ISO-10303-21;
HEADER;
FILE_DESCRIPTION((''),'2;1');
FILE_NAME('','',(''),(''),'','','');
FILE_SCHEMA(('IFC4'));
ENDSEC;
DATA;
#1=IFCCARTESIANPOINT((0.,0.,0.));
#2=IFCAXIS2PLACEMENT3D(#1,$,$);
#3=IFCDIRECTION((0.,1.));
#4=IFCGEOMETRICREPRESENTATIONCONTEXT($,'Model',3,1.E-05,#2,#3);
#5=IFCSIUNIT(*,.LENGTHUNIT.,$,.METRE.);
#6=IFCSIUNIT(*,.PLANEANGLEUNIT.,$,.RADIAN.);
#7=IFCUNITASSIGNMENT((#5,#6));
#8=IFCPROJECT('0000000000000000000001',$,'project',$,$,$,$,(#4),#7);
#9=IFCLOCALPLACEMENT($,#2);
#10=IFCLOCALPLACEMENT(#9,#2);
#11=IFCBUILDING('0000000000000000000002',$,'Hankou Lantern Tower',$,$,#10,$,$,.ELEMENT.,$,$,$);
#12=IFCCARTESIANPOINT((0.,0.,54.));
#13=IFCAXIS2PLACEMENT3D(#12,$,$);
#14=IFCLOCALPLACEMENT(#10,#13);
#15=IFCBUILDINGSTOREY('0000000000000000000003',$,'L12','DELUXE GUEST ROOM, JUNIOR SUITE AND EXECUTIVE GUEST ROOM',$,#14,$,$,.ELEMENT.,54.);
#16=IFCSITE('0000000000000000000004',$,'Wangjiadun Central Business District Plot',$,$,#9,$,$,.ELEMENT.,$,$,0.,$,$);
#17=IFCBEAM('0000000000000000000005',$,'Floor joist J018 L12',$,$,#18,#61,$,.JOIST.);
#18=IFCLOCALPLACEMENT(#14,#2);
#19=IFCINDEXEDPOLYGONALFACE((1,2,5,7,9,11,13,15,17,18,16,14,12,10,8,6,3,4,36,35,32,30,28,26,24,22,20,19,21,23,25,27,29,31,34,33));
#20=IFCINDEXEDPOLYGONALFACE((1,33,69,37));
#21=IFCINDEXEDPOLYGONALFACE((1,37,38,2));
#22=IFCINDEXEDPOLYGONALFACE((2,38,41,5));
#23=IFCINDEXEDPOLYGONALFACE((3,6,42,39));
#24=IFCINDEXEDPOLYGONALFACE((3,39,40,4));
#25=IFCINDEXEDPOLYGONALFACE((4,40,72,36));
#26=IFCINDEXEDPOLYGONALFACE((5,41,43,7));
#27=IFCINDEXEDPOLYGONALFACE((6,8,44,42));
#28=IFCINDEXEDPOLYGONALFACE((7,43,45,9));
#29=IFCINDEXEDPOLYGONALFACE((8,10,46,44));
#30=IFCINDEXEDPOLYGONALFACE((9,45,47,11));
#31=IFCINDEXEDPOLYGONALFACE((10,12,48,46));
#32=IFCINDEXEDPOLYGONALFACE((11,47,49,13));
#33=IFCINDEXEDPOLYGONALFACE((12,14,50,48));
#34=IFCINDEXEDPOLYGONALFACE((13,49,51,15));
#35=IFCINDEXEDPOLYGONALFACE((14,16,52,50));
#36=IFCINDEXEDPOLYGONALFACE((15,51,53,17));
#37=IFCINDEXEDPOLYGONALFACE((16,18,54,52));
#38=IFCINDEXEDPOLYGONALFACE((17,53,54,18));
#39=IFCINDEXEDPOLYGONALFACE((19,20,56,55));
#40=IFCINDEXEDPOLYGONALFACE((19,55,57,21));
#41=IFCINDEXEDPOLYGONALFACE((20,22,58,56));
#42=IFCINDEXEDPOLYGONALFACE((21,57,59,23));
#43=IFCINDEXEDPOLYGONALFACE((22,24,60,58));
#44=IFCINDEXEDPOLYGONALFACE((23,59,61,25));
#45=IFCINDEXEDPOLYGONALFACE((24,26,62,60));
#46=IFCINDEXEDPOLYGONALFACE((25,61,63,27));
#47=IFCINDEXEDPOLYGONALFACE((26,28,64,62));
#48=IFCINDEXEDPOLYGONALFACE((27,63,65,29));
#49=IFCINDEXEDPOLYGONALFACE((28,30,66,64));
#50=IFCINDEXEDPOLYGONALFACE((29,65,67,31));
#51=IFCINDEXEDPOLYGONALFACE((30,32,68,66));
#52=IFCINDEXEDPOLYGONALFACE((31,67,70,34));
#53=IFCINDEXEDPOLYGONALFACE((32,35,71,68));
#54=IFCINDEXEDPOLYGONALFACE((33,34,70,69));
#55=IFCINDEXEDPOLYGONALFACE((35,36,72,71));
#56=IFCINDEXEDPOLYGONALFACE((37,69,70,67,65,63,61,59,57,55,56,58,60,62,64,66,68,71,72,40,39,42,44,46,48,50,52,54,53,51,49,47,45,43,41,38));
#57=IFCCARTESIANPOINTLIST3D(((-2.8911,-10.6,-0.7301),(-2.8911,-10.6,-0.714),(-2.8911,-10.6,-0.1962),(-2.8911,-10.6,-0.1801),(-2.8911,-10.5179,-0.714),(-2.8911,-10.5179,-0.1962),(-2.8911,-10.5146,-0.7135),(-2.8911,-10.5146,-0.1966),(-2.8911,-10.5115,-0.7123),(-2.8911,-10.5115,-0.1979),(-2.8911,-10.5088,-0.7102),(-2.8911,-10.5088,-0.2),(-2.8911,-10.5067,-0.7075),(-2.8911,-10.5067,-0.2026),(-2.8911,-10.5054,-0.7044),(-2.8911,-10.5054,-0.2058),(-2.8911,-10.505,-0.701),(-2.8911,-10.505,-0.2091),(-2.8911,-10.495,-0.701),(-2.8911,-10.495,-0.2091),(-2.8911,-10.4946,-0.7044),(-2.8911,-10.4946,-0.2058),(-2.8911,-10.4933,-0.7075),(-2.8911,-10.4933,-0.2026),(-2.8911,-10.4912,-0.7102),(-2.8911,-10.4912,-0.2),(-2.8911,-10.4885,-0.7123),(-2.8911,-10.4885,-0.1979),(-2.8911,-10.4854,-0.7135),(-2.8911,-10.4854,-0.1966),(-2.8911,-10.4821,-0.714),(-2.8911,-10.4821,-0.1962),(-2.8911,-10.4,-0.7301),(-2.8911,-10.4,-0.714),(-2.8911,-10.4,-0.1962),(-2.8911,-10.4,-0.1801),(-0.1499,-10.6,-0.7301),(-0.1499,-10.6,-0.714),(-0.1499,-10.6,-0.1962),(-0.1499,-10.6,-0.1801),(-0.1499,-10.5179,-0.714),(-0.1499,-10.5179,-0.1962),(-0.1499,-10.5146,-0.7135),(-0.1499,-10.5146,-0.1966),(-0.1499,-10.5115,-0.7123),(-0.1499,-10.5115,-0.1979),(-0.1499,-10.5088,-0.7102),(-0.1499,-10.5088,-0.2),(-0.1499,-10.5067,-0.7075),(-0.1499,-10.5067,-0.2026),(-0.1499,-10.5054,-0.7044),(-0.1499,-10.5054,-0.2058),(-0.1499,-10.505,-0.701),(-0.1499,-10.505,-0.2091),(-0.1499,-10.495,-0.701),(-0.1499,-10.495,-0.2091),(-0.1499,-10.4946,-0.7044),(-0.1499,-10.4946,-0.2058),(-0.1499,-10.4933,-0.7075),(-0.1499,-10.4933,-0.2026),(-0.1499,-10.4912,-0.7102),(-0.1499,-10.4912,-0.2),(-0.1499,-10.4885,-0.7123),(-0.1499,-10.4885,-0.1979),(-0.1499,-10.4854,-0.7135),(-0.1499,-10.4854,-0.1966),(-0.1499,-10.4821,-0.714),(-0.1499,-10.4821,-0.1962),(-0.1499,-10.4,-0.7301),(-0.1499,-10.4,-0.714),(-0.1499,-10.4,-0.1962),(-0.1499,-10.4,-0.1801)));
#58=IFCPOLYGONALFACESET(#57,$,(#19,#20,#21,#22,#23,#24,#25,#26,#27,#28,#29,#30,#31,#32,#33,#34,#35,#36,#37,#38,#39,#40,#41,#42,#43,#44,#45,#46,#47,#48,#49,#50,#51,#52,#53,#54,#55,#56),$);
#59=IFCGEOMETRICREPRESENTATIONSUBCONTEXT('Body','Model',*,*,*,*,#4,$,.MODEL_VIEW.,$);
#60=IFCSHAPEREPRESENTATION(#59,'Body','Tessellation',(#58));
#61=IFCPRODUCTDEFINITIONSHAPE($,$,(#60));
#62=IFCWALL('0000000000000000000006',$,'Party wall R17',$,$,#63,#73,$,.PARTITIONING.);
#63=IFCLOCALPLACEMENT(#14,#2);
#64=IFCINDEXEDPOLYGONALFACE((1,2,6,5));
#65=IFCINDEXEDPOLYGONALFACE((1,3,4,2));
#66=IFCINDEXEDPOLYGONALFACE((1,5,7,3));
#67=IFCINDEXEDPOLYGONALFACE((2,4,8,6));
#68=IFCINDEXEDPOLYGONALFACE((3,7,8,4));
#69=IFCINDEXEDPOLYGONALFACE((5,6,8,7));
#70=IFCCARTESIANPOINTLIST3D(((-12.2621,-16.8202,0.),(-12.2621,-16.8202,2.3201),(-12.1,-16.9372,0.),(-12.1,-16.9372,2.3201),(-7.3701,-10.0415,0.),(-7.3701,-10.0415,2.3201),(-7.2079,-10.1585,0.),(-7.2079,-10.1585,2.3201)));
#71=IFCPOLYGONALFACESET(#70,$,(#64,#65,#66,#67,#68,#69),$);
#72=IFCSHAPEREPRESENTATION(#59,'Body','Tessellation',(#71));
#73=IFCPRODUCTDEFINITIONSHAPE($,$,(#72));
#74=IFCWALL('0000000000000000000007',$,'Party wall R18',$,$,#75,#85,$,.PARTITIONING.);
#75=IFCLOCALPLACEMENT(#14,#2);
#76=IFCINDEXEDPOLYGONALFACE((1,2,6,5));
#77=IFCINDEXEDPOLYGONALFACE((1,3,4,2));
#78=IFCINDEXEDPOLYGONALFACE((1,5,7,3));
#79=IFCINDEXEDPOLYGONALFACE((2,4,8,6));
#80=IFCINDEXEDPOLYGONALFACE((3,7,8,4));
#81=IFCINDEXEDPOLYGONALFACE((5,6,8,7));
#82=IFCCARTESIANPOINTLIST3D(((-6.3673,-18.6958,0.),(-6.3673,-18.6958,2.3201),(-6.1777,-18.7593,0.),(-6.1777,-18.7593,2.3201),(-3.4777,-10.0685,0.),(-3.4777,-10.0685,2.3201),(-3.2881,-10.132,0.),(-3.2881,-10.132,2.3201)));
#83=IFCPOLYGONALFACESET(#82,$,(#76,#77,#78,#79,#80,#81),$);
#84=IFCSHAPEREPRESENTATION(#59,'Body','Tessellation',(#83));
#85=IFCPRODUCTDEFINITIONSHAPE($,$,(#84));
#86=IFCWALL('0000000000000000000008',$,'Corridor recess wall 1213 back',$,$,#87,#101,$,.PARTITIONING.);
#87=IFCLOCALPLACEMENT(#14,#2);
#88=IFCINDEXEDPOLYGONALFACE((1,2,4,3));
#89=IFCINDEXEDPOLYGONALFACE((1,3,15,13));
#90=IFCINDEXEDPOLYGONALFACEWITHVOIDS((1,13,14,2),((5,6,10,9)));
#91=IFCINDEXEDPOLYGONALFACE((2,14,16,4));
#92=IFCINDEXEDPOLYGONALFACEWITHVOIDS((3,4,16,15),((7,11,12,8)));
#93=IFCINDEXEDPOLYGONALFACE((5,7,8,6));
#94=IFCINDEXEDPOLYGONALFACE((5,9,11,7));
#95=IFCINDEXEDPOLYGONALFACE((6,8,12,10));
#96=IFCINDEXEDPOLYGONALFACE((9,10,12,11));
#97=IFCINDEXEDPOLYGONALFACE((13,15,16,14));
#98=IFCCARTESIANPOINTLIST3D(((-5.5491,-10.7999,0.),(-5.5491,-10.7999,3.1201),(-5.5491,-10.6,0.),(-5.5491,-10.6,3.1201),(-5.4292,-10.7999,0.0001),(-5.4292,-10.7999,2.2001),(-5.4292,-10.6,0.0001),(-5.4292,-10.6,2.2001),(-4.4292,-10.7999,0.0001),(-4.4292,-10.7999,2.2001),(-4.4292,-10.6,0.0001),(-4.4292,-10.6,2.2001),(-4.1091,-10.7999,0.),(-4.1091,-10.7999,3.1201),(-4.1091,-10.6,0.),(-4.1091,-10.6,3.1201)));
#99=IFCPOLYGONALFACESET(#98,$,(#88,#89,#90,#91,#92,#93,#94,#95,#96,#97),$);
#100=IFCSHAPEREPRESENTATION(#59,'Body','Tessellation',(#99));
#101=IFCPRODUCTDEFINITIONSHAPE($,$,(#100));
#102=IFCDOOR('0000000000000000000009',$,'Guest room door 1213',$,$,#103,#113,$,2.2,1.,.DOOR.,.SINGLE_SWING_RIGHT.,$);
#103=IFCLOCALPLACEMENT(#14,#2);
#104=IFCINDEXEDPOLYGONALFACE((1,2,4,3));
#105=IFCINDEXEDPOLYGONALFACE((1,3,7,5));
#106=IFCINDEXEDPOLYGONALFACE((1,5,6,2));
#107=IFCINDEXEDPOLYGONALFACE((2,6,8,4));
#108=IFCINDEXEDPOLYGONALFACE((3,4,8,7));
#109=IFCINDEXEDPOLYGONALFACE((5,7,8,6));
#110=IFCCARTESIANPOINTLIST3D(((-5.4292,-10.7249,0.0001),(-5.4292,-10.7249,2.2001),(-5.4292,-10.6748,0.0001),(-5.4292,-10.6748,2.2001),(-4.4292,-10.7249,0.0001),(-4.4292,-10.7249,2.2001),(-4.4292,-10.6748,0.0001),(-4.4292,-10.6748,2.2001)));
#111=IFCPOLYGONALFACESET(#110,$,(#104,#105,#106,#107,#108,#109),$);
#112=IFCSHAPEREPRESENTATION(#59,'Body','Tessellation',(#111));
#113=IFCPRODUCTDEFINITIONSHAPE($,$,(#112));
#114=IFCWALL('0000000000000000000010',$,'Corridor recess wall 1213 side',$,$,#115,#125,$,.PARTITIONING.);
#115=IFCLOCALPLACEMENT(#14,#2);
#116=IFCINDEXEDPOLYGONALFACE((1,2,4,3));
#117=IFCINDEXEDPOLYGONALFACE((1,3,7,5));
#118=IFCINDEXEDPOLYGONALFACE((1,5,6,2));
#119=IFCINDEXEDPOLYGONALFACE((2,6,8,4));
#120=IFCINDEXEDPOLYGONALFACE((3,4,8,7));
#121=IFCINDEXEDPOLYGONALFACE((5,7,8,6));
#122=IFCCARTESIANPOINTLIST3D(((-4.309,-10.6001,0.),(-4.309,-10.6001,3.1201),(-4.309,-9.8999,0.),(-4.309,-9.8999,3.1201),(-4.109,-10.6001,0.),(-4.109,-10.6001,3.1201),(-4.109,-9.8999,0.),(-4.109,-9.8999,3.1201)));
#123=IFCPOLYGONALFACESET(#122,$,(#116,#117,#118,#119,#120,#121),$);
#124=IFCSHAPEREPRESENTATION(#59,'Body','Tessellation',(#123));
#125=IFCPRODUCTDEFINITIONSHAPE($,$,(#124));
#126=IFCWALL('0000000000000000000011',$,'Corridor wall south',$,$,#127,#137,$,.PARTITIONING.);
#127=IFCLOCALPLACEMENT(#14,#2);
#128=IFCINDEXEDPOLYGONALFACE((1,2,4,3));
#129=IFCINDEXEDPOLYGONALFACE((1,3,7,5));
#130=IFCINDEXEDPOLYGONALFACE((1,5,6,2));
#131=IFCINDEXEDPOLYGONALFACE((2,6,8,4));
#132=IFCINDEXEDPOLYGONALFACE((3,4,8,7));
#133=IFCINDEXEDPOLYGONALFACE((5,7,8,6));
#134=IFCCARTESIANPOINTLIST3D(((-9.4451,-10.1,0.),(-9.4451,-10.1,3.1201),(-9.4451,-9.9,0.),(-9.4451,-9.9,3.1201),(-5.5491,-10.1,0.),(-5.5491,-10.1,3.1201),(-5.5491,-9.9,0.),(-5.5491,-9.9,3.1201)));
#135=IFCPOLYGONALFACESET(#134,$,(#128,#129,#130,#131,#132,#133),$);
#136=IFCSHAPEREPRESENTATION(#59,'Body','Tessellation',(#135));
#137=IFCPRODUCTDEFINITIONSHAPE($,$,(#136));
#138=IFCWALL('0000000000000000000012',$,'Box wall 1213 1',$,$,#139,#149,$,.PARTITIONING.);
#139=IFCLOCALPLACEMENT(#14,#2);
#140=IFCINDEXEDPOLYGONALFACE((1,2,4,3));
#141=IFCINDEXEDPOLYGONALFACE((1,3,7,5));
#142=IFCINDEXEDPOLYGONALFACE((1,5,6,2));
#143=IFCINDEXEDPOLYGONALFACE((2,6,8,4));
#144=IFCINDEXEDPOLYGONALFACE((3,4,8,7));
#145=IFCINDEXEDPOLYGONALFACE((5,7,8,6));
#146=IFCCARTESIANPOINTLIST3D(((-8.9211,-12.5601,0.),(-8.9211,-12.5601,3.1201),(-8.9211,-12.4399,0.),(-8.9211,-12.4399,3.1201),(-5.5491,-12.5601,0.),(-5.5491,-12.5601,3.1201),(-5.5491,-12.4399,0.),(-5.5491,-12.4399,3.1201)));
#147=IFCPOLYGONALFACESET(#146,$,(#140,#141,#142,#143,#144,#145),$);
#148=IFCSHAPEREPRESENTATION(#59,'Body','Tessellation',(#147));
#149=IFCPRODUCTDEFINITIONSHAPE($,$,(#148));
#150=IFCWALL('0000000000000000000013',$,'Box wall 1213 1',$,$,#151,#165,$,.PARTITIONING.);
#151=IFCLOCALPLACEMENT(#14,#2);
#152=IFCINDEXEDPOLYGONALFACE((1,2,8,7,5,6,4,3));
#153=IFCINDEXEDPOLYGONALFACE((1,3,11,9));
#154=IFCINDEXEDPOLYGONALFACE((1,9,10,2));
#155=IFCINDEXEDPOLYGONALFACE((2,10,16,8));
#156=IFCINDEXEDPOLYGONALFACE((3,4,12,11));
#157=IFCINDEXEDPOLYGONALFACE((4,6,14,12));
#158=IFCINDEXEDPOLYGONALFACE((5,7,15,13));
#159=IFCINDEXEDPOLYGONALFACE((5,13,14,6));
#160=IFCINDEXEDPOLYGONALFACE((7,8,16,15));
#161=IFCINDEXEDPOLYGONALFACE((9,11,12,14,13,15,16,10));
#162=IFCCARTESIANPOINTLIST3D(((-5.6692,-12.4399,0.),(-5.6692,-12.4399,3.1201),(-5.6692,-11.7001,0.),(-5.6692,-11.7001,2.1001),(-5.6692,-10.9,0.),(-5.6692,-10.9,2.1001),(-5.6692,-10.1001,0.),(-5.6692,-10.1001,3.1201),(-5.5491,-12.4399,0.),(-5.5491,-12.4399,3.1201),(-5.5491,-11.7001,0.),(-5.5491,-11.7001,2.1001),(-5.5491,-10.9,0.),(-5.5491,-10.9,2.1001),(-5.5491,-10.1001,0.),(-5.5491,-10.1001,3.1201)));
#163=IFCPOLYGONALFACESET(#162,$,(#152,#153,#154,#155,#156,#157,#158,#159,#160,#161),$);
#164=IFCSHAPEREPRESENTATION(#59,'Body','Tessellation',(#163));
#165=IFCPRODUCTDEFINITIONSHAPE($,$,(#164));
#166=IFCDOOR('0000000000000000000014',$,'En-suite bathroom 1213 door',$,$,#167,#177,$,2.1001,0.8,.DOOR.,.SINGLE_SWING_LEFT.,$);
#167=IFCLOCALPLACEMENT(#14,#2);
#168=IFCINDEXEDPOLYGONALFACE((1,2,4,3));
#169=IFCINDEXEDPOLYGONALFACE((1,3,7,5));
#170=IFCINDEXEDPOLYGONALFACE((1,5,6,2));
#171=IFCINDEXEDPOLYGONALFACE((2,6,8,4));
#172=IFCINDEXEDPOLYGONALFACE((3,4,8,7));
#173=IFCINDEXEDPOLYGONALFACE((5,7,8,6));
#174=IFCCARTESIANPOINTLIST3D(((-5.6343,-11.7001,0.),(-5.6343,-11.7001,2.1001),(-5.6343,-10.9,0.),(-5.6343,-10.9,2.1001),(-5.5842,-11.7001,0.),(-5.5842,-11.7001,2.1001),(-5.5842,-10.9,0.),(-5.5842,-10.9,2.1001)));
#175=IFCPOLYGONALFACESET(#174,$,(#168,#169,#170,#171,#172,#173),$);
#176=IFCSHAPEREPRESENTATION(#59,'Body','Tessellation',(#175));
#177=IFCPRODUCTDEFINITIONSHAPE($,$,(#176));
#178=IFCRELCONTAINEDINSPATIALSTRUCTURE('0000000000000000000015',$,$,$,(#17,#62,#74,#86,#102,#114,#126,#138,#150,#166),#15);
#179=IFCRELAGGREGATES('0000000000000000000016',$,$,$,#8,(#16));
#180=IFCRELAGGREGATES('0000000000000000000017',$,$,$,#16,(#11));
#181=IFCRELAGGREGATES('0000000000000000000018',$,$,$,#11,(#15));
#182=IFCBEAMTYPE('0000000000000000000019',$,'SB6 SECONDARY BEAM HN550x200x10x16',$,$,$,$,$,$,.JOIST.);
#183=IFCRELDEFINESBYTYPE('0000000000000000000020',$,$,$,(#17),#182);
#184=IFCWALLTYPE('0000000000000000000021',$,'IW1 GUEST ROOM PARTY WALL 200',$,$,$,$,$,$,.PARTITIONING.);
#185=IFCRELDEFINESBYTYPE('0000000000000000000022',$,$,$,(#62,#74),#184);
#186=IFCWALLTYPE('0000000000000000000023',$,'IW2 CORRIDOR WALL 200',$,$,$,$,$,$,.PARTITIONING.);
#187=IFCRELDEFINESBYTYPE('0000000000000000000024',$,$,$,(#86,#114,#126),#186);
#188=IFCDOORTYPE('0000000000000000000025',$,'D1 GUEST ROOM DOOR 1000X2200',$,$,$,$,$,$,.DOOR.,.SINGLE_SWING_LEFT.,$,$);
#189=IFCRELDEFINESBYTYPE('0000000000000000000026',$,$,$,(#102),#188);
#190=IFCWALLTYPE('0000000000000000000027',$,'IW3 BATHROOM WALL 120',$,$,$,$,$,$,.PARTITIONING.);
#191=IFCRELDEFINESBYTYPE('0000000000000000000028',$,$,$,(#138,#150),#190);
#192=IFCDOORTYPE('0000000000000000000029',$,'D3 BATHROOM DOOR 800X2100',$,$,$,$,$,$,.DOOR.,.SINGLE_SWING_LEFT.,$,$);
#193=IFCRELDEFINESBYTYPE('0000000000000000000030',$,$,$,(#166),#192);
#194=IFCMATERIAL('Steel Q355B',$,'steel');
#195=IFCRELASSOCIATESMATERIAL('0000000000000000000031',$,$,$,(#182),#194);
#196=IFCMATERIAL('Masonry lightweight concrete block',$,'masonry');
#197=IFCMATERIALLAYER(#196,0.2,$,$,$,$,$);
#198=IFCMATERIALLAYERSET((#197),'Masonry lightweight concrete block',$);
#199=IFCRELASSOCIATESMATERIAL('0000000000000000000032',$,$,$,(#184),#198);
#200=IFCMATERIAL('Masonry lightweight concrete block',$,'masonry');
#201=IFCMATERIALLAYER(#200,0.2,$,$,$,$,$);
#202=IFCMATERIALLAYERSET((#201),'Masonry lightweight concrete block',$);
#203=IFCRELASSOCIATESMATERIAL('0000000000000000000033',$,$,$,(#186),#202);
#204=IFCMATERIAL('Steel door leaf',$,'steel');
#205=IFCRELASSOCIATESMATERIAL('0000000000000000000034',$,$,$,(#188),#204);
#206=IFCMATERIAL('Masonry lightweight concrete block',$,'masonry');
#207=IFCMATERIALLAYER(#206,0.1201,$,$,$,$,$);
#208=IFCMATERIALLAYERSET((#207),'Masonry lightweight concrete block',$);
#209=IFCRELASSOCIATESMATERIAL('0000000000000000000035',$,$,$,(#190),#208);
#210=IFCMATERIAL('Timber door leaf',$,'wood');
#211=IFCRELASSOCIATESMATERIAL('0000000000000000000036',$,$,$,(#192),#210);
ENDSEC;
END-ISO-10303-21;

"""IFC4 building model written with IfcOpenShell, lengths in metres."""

from ifc_helpers import new_model, si_unit, direction, frame, frame_2d, origin, origin_2d, place, context, subcontext, project, spatial, rectangle, i_section, extrude, material, layer, layer_set, material_profile, profile_set, type_object, element, fill, save


model = new_model("IFC4")

# Units and contexts
model_context = context("Model", 3, precision=1e-05, world=origin(), true_north=direction((0.0, 1.0)))
body_context = subcontext(model_context, "Body", "Model", "MODEL_VIEW")
ifc_project = project(units=[si_unit("LENGTHUNIT", "METRE"), si_unit("PLANEANGLEUNIT", "RADIAN")], contexts=[model_context])

# Site, building, storey
site_placement = place(None, origin())
site = spatial("IfcSite", under=ifc_project, at=site_placement, Name="Wangjiadun Central Business District Plot", CompositionType="ELEMENT", RefElevation=0.0)
building_placement = place(site_placement, origin())
building = spatial("IfcBuilding", under=site, at=building_placement, Name="Hankou Lantern Tower", CompositionType="ELEMENT")
storey_placement = place(building_placement, frame((0.0, 0.0, 54.0)))
storey = spatial("IfcBuildingStorey", under=building, at=storey_placement, Name="L12", Description="DELUXE GUEST ROOM, JUNIOR SUITE AND EXECUTIVE GUEST ROOM", CompositionType="ELEMENT", Elevation=54.0)

# Beam
ifc_material_1 = material(Name="Steel Q355B", Category="steel")
ifc_material_profile_1 = material_profile(ifc_material_1, i_section(OverallWidth=0.2, OverallDepth=0.55, WebThickness=0.01, FlangeThickness=0.0161, FilletRadius=0.0129, at=origin_2d()), Name="HN550x200x10x16")
ifc_profile_set_1 = profile_set([ifc_material_profile_1], Name="Steel Q355B")
beam_type_1 = type_object("IfcBeamType", Name="SB6 SECONDARY BEAM HN550x200x10x16", PredefinedType="JOIST", material=ifc_profile_set_1)
beam_1_placement = place(storey_placement, frame((-2.8911, -10.5, -0.4551), z_axis=(1.0, 0.0, 0.0), x_axis=(0.0, 1.0, 0.0)))
element("IfcBeam", 1, at=beam_1_placement, inside=storey, type_object=beam_type_1, Name="Floor joist J018 L12", PredefinedType="JOIST", context=body_context, shape_type="SweptSolid", body=[
    extrude(i_section(OverallWidth=0.2, OverallDepth=0.55, WebThickness=0.01, FlangeThickness=0.0161, FilletRadius=0.0129, at=origin_2d()), origin(), (0.0, 0.0, 1.0), 2.7412),
])

# Walls
ifc_material_2 = material(Name="Masonry lightweight concrete block", Category="masonry")
ifc_layer_1 = layer(ifc_material_2, 0.2)
ifc_layer_set_1 = layer_set([ifc_layer_1], Name="Masonry lightweight concrete block")
wall_type_1 = type_object("IfcWallType", Name="IW1 GUEST ROOM PARTY WALL 200", PredefinedType="PARTITIONING", material=ifc_layer_set_1)
wall_1_placement = place(storey_placement, frame((-7.2891, -10.1001, 0.0), z_axis=(0.0, 0.0, 1.0), x_axis=(-0.585198, -0.81089, 0.0)))
element("IfcWall", 2, at=wall_1_placement, inside=storey, type_object=wall_type_1, Name="Party wall R17", PredefinedType="PARTITIONING", context=body_context, shape_type="SweptSolid", body=[
    extrude(rectangle(XDim=8.3596, YDim=0.2, at=frame_2d((4.1797, 0.0))), origin(), (0.0, 0.0, 1.0), 2.3201),
])
wall_2_placement = place(storey_placement, frame((-3.3828, -10.1001, 0.0), z_axis=(0.0, 0.0, 1.0), x_axis=(-0.317596, -0.948226, 0.0)))
element("IfcWall", 3, at=wall_2_placement, inside=storey, type_object=wall_type_1, Name="Party wall R18", PredefinedType="PARTITIONING", context=body_context, shape_type="SweptSolid", body=[
    extrude(rectangle(XDim=9.0984, YDim=0.2, at=frame_2d((4.5493, 0.0))), origin(), (0.0, 0.0, 1.0), 2.3201),
])

# Wall, opening, door
ifc_material_3 = material(Name="Masonry lightweight concrete block", Category="masonry")
ifc_layer_2 = layer(ifc_material_3, 0.2)
ifc_layer_set_2 = layer_set([ifc_layer_2], Name="Masonry lightweight concrete block")
wall_type_2 = type_object("IfcWallType", Name="IW2 CORRIDOR WALL 200", PredefinedType="PARTITIONING", material=ifc_layer_set_2)
wall_3_placement = place(storey_placement, frame((-4.1091, -10.7, 0.0), z_axis=(0.0, 0.0, 1.0), x_axis=(-1.0, 0.0, 0.0)))
wall_3 = element("IfcWall", 4, at=wall_3_placement, inside=storey, type_object=wall_type_2, Name="Corridor recess wall 1213 back", PredefinedType="PARTITIONING", context=body_context, shape_type="SweptSolid", body=[
    extrude(rectangle(XDim=1.4399, YDim=0.2, at=frame_2d((0.72, 0.0))), origin(), (0.0, 0.0, 1.0), 3.1201),
])
opening_1_placement = place(wall_3_placement, frame((0.3201, 0.0, 0.0)))
opening_1 = element("IfcOpeningElement", 5, at=opening_1_placement, cuts=wall_3, PredefinedType="OPENING", context=body_context, shape_type="SweptSolid", body=[
    extrude(rectangle(XDim=1.0, YDim=2.2, at=frame_2d((0.5, 1.1001))), frame((0.0, 0.1099, 0.0), z_axis=(0.0, -1.0, 0.0), x_axis=(1.0, 0.0, 0.0)), (0.0, 0.0, 1.0), 0.22),
])
ifc_material_4 = material(Name="Steel door leaf", Category="steel")
door_type_1 = type_object("IfcDoorType", Name="D1 GUEST ROOM DOOR 1000X2200", OperationType="SINGLE_SWING_LEFT", PredefinedType="DOOR", material=ifc_material_4)
door_1_placement = place(opening_1_placement, origin())
door_1 = element("IfcDoor", 6, at=door_1_placement, inside=storey, type_object=door_type_1, Name="Guest room door 1213", OperationType="SINGLE_SWING_RIGHT", OverallHeight=2.2, OverallWidth=1.0, PredefinedType="DOOR", context=body_context, shape_type="SweptSolid", body=[
    extrude(rectangle(XDim=1.0, YDim=2.2, at=frame_2d((0.5, 1.1001))), frame((0.0, 0.0249, 0.0), z_axis=(0.0, -1.0, 0.0), x_axis=(1.0, 0.0, 0.0)), (0.0, 0.0, 1.0), 0.05),
])
fill(opening_1, door_1)

# Walls
wall_4_placement = place(storey_placement, frame((-4.209, -9.8999, 0.0), z_axis=(0.0, 0.0, 1.0), x_axis=(0.0, -1.0, 0.0)))
element("IfcWall", 7, at=wall_4_placement, inside=storey, type_object=wall_type_2, Name="Corridor recess wall 1213 side", PredefinedType="PARTITIONING", context=body_context, shape_type="SweptSolid", body=[
    extrude(rectangle(XDim=0.7002, YDim=0.2, at=frame_2d((0.3501, 0.0))), origin(), (0.0, 0.0, 1.0), 3.1201),
])
wall_5_placement = place(storey_placement, frame((-5.5491, -10.0, 0.0), z_axis=(0.0, 0.0, 1.0), x_axis=(-1.0, 0.0, 0.0)))
element("IfcWall", 8, at=wall_5_placement, inside=storey, type_object=wall_type_2, Name="Corridor wall south", PredefinedType="PARTITIONING", context=body_context, shape_type="SweptSolid", body=[
    extrude(rectangle(XDim=3.896, YDim=0.2, at=frame_2d((1.948, 0.0))), origin(), (0.0, 0.0, 1.0), 3.1201),
])
ifc_material_5 = material(Name="Masonry lightweight concrete block", Category="masonry")
ifc_layer_3 = layer(ifc_material_5, 0.1201)
ifc_layer_set_3 = layer_set([ifc_layer_3], Name="Masonry lightweight concrete block")
wall_type_3 = type_object("IfcWallType", Name="IW3 BATHROOM WALL 120", PredefinedType="PARTITIONING", material=ifc_layer_set_3)
wall_6_placement = place(storey_placement, frame((-8.9211, -12.5, 0.0), z_axis=(0.0, 0.0, 1.0), x_axis=(1.0, 0.0, 0.0)))
element("IfcWall", 9, at=wall_6_placement, inside=storey, type_object=wall_type_3, Name="Box wall 1213 1", PredefinedType="PARTITIONING", context=body_context, shape_type="SweptSolid", body=[
    extrude(rectangle(XDim=3.3721, YDim=0.1201, at=frame_2d((1.686, 0.0))), origin(), (0.0, 0.0, 1.0), 3.1201),
])

# Wall, opening, door
wall_7_placement = place(storey_placement, frame((-5.6091, -10.1001, 0.0), z_axis=(0.0, 0.0, 1.0), x_axis=(0.0, -1.0, 0.0)))
wall_7 = element("IfcWall", 10, at=wall_7_placement, inside=storey, type_object=wall_type_3, Name="Box wall 1213 1", PredefinedType="PARTITIONING", context=body_context, shape_type="SweptSolid", body=[
    extrude(rectangle(XDim=2.3398, YDim=0.1201, at=frame_2d((1.1699, 0.0))), origin(), (0.0, 0.0, 1.0), 3.1201),
])
opening_2_placement = place(wall_7_placement, frame((0.8, 0.0, 0.0)))
opening_2 = element("IfcOpeningElement", 11, at=opening_2_placement, cuts=wall_7, PredefinedType="OPENING", context=body_context, shape_type="SweptSolid", body=[
    extrude(rectangle(XDim=0.8, YDim=2.1001, at=frame_2d((0.3999, 1.05))), frame((0.0, 0.0701, 0.0), z_axis=(0.0, -1.0, 0.0), x_axis=(1.0, 0.0, 0.0)), (0.0, 0.0, 1.0), 0.1401),
])
ifc_material_6 = material(Name="Timber door leaf", Category="wood")
door_type_2 = type_object("IfcDoorType", Name="D3 BATHROOM DOOR 800X2100", OperationType="SINGLE_SWING_LEFT", PredefinedType="DOOR", material=ifc_material_6)
door_2_placement = place(opening_2_placement, origin())
door_2 = element("IfcDoor", 12, at=door_2_placement, inside=storey, type_object=door_type_2, Name="En-suite bathroom 1213 door", OperationType="SINGLE_SWING_LEFT", OverallHeight=2.1001, OverallWidth=0.8, PredefinedType="DOOR", context=body_context, shape_type="SweptSolid", body=[
    extrude(rectangle(XDim=0.8, YDim=2.1001, at=frame_2d((0.3999, 1.05))), frame((0.0, 0.0249, 0.0), z_axis=(0.0, -1.0, 0.0), x_axis=(1.0, 0.0, 0.0)), (0.0, 0.0, 1.0), 0.05),
])
fill(opening_2, door_2)

save(model, "model.ifc")
